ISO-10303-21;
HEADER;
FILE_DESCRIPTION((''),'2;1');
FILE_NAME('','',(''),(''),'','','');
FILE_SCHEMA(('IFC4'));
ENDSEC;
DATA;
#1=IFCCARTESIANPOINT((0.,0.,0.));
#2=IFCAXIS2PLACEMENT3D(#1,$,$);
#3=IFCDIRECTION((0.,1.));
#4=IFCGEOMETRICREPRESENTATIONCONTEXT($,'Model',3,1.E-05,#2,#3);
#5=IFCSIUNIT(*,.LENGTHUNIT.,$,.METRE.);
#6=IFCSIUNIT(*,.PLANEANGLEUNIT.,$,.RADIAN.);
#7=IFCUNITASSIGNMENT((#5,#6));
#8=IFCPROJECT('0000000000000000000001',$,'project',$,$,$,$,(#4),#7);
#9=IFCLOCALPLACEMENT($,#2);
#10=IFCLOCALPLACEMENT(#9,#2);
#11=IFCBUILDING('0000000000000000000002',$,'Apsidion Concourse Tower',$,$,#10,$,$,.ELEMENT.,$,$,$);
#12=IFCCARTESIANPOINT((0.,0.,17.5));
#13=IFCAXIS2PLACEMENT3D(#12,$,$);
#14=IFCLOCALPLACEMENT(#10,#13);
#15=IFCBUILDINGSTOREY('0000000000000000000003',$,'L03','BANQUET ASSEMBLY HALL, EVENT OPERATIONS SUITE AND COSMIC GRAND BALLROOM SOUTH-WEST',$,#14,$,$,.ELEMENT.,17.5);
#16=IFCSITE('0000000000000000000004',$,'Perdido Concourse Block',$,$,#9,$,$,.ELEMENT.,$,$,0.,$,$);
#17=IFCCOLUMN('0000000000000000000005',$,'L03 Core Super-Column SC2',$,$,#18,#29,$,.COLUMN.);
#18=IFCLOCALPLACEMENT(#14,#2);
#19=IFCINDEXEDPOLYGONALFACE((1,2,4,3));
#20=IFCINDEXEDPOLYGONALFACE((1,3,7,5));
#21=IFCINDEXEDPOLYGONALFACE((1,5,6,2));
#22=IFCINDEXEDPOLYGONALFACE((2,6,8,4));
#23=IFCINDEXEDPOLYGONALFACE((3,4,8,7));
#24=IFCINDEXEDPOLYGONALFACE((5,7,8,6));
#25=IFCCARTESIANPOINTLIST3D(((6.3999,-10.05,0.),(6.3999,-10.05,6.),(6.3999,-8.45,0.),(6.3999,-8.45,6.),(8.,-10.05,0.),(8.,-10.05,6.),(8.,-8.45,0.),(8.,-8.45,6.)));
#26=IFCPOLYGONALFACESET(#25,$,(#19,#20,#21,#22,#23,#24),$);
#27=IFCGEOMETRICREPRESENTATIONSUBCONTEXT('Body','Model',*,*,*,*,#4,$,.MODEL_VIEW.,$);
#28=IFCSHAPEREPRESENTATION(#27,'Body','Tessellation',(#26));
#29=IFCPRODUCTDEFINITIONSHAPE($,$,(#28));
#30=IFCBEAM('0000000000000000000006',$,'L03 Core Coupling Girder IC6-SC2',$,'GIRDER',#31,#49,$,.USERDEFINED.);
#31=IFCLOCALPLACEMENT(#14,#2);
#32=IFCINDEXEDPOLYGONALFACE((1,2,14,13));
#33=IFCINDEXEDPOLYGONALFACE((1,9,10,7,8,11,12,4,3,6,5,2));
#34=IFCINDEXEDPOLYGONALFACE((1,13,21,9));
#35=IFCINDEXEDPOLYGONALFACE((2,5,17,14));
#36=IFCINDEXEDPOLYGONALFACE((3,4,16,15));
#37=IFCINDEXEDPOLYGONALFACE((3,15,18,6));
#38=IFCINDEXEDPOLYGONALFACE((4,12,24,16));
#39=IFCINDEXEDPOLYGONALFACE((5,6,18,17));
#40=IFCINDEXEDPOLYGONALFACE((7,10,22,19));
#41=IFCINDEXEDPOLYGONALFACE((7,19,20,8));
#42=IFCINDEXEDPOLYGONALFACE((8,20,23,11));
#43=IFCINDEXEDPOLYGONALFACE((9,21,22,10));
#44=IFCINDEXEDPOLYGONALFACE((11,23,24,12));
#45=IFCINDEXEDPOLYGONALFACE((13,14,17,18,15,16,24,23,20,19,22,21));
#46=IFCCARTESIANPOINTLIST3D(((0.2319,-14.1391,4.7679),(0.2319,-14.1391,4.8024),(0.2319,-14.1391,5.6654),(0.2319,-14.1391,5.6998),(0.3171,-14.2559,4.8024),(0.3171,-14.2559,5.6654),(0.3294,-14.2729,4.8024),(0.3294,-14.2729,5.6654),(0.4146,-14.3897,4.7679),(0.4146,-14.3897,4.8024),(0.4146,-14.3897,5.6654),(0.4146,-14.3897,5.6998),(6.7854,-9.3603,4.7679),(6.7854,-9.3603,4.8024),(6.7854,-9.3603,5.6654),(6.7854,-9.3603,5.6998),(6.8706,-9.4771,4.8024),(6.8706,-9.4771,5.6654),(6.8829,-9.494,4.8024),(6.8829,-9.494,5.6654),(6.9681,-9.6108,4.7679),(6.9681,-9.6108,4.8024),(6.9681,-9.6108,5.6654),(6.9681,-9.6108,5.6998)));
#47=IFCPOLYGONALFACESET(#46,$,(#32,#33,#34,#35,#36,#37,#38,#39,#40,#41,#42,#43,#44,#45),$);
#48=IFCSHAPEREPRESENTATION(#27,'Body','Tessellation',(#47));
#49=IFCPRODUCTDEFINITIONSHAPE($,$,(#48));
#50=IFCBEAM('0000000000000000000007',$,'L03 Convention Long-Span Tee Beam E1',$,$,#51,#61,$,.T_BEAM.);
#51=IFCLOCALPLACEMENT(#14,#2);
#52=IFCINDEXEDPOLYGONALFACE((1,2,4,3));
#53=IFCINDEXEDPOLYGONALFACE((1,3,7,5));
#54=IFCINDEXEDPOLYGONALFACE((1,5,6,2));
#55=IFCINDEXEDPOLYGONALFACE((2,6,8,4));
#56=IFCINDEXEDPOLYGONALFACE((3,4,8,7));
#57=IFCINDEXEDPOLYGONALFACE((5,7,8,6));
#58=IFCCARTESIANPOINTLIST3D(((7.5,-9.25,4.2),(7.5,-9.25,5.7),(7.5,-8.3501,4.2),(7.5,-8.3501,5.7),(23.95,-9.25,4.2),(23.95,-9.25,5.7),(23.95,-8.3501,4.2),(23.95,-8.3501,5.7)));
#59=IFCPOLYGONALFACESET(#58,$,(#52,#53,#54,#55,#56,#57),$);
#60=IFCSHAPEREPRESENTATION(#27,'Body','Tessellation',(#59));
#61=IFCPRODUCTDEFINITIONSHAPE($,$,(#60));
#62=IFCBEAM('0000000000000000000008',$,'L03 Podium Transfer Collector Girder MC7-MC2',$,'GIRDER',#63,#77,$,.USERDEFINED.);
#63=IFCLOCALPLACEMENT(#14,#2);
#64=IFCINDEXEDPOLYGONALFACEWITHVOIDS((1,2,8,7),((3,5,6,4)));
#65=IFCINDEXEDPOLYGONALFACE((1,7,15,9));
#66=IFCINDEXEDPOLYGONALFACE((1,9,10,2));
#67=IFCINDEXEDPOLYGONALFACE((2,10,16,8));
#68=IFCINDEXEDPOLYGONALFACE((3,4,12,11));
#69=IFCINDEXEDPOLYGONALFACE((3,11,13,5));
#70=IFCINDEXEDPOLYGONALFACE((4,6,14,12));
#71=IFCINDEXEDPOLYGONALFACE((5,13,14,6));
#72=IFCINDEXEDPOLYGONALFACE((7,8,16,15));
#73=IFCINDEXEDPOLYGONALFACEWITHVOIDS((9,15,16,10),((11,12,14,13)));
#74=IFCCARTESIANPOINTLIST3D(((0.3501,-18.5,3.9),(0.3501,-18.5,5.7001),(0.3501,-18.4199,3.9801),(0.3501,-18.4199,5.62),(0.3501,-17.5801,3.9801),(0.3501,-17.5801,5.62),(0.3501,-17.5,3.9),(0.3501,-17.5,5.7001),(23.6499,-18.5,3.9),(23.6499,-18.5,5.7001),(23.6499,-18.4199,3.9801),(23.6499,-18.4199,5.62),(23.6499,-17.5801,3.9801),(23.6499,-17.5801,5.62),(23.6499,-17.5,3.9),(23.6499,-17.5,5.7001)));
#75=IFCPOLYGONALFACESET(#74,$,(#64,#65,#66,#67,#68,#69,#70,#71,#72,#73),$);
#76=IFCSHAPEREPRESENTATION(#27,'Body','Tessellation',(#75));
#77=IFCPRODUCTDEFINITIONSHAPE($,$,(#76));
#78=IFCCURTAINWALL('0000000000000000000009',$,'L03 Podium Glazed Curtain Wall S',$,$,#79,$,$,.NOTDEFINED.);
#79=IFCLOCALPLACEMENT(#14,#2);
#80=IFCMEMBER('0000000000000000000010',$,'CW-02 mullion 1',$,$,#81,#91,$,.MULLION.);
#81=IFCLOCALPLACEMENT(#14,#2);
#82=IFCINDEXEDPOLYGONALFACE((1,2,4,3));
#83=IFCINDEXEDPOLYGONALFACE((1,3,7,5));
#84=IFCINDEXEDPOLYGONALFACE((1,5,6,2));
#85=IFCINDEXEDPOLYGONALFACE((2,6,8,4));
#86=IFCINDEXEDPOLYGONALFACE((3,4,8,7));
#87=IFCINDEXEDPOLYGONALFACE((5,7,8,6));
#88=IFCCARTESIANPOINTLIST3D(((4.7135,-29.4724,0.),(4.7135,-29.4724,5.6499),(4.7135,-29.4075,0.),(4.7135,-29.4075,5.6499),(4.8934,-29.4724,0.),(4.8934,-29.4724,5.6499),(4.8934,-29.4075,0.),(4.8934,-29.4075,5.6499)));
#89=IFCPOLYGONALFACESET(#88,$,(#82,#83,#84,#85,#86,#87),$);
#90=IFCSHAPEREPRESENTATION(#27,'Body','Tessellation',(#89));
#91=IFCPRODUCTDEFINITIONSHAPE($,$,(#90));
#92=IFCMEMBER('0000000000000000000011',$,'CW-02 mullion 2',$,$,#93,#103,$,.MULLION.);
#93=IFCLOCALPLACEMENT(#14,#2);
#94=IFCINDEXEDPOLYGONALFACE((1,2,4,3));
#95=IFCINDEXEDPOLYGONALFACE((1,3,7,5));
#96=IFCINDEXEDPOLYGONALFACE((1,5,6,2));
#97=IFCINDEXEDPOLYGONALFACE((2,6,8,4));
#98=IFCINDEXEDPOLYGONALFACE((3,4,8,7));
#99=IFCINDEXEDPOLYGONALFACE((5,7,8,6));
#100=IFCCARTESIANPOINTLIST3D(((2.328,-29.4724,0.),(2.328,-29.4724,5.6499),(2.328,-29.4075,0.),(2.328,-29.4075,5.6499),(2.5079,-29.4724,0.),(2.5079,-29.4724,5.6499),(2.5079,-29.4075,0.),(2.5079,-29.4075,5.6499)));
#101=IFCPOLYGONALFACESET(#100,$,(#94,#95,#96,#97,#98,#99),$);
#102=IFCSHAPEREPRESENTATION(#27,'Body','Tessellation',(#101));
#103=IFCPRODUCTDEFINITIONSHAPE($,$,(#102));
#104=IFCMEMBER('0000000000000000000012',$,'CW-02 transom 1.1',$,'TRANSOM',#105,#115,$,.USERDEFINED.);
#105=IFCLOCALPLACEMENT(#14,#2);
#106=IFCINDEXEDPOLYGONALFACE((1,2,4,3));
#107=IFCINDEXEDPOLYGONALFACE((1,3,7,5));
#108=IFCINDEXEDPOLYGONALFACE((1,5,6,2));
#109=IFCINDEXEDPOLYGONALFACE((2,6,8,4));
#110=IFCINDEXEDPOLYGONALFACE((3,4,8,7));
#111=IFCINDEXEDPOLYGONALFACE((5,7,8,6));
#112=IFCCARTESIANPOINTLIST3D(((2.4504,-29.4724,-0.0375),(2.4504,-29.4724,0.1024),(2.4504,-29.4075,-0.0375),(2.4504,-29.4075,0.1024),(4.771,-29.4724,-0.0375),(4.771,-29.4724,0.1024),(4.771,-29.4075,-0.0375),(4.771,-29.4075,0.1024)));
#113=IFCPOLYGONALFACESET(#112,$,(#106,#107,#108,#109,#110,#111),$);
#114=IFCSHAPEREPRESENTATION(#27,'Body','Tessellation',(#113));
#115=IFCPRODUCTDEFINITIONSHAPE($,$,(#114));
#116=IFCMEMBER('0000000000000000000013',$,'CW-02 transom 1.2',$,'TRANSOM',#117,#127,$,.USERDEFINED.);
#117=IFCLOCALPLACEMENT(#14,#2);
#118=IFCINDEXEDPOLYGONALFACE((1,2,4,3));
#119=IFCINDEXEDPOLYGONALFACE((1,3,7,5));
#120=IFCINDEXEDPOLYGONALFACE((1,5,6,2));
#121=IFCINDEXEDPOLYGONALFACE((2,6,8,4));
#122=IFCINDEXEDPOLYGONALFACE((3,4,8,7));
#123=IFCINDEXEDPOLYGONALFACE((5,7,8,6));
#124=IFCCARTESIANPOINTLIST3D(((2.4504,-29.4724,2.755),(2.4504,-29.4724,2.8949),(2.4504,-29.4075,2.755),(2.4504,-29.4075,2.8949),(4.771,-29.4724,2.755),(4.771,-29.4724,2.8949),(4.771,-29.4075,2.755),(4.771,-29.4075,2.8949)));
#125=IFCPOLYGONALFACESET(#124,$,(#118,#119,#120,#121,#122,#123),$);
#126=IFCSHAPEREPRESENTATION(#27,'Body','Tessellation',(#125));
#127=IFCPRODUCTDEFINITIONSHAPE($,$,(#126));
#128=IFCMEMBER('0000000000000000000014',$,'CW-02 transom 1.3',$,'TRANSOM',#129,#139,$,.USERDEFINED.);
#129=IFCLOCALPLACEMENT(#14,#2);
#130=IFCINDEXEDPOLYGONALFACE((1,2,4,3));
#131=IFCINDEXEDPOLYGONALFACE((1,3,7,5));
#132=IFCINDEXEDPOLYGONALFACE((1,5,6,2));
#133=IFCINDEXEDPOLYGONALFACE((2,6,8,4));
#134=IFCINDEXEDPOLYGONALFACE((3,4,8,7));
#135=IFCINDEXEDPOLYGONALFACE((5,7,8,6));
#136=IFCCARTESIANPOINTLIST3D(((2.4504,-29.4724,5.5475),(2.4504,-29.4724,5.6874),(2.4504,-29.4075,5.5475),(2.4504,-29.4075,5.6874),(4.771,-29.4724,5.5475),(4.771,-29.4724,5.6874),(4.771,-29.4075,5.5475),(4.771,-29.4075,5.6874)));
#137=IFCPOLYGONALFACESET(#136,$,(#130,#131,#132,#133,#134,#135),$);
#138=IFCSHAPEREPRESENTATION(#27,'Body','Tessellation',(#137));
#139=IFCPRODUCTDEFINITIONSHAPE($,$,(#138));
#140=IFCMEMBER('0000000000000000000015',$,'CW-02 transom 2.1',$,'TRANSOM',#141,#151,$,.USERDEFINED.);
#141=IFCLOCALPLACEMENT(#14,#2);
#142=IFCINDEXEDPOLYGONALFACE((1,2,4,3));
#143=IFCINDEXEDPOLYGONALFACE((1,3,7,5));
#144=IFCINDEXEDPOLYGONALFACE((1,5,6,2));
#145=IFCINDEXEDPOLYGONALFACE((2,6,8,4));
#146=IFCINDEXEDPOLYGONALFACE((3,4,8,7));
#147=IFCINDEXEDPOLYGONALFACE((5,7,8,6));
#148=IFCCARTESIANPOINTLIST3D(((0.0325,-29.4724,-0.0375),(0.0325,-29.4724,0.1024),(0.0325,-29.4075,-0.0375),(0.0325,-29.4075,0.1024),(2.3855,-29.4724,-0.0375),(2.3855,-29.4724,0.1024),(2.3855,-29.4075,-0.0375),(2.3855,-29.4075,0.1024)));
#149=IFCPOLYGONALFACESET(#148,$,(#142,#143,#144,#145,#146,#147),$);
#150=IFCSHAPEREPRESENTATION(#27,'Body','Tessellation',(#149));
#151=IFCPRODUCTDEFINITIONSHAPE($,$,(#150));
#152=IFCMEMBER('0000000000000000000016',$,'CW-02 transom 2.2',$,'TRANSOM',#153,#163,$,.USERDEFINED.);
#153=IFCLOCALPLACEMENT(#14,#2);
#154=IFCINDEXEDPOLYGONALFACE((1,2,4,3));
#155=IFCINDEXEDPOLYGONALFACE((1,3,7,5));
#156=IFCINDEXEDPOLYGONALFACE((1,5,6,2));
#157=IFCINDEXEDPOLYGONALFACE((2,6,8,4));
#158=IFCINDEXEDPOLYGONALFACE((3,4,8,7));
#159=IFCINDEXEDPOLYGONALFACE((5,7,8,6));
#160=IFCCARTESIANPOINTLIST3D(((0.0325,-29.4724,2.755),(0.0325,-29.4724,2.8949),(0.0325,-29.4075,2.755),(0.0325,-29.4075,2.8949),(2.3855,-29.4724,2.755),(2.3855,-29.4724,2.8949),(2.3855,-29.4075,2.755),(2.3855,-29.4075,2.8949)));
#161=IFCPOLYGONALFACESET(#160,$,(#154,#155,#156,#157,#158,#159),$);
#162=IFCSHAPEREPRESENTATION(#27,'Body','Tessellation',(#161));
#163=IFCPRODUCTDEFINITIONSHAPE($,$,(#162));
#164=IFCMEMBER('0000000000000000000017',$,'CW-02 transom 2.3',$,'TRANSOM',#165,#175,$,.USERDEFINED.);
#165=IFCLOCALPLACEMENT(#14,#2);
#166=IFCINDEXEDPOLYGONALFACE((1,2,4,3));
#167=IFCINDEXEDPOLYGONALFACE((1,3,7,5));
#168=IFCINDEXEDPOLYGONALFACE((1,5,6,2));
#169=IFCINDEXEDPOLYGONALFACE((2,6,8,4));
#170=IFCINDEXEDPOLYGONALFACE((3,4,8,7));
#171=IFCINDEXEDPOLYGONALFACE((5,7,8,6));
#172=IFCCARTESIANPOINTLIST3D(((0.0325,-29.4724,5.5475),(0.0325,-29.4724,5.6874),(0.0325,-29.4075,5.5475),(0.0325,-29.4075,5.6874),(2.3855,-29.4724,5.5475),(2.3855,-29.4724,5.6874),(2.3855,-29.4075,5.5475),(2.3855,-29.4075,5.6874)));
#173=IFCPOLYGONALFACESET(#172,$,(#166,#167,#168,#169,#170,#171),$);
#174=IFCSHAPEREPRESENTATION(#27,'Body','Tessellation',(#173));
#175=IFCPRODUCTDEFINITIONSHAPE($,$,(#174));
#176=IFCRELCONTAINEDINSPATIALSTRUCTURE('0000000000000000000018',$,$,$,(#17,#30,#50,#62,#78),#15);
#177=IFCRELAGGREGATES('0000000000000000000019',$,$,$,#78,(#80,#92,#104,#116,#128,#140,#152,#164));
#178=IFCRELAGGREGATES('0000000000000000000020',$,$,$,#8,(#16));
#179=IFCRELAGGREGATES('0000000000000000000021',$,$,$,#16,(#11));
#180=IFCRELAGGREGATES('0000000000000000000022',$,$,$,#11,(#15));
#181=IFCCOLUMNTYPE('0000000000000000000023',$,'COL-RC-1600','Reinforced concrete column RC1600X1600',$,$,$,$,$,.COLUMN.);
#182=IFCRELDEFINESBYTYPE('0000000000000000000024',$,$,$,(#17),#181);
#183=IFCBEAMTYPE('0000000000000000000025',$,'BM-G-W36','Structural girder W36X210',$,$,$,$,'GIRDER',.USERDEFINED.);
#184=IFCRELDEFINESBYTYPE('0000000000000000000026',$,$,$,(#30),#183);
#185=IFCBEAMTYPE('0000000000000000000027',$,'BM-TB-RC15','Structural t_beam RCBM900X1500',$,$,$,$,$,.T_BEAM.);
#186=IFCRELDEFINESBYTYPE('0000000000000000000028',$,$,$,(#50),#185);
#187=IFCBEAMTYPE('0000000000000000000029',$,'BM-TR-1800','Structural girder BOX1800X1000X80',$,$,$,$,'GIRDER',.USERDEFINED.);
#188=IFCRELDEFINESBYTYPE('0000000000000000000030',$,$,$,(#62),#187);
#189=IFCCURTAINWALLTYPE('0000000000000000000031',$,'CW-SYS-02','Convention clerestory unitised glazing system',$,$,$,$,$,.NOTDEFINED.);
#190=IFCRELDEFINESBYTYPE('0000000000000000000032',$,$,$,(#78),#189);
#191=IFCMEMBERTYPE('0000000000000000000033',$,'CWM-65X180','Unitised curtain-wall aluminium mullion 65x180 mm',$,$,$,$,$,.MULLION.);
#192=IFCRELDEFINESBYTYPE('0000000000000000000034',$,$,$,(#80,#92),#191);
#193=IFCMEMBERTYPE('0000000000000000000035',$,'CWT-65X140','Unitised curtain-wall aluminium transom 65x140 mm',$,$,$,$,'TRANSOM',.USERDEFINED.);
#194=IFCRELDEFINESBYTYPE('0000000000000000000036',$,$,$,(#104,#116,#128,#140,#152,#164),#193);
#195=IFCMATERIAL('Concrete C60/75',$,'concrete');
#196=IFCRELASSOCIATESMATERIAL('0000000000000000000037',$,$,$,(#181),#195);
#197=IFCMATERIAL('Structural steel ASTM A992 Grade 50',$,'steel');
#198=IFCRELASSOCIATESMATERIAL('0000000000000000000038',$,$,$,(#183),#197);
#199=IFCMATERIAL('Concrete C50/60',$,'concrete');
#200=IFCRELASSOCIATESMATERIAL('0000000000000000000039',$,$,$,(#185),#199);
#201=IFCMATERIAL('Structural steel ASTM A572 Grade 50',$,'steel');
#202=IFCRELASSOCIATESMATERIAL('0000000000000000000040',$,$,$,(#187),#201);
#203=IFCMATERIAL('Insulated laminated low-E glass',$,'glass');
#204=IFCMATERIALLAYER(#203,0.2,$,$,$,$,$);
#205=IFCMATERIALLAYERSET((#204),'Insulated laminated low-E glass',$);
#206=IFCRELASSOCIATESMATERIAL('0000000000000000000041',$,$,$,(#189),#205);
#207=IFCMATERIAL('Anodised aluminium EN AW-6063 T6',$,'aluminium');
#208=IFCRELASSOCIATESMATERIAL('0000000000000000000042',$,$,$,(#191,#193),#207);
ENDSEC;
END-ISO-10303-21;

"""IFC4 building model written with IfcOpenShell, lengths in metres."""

from ifc_helpers import new_model, si_unit, direction, frame, origin, origin_2d, place, context, subcontext, project, spatial, rectangle, hollow_rectangle, i_section, extrude, material, layer, layer_set, material_profile, profile_set, type_object, element, aggregate, save


model = new_model("IFC4")

# Units and contexts
model_context = context("Model", 3, precision=1e-05, world=origin(), true_north=direction((0.0, 1.0)))
body_context = subcontext(model_context, "Body", "Model", "MODEL_VIEW")
ifc_project = project(units=[si_unit("LENGTHUNIT", "METRE"), si_unit("PLANEANGLEUNIT", "RADIAN")], contexts=[model_context])

# Site, building, storey
site_placement = place(None, origin())
site = spatial("IfcSite", under=ifc_project, at=site_placement, Name="Perdido Concourse Block", CompositionType="ELEMENT", RefElevation=0.0)
building_placement = place(site_placement, origin())
building = spatial("IfcBuilding", under=site, at=building_placement, Name="Apsidion Concourse Tower", CompositionType="ELEMENT")
storey_placement = place(building_placement, frame((0.0, 0.0, 17.5)))
storey = spatial("IfcBuildingStorey", under=building, at=storey_placement, Name="L03", Description="BANQUET ASSEMBLY HALL, EVENT OPERATIONS SUITE AND COSMIC GRAND BALLROOM SOUTH-WEST", CompositionType="ELEMENT", Elevation=17.5)

# Column
ifc_material_1 = material(Name="Concrete C60/75", Category="concrete")
ifc_material_profile_1 = material_profile(ifc_material_1, rectangle(XDim=1.6001, YDim=1.6001, at=origin_2d()), Name="RC 1600x1600")
ifc_profile_set_1 = profile_set([ifc_material_profile_1], Name="Concrete C60/75")
column_type = type_object("IfcColumnType", Name="COL-RC-1600", Description="Reinforced concrete column RC1600X1600", PredefinedType="COLUMN", material=ifc_profile_set_1)
column_placement = place(storey_placement, frame((7.2, -9.25, 0.0), z_axis=(0.0, 0.0, 1.0), x_axis=(1.0, 0.0, 0.0)))
element("IfcColumn", 1, at=column_placement, inside=storey, type_object=column_type, Name="L03 Core Super-Column SC2", PredefinedType="COLUMN", context=body_context, shape_type="SweptSolid", body=[
    extrude(rectangle(XDim=1.6001, YDim=1.6001, at=origin_2d()), origin(), (0.0, 0.0, 1.0), 6.0),
])

# Beams
ifc_material_2 = material(Name="Structural steel ASTM A992 Grade 50", Category="steel")
ifc_material_profile_2 = material_profile(ifc_material_2, i_section(OverallWidth=0.3101, OverallDepth=0.9319, WebThickness=0.021, FlangeThickness=0.0344, at=origin_2d()), Name="W36X210")
ifc_profile_set_2 = profile_set([ifc_material_profile_2], Name="Structural steel ASTM A992 Grade 50")
beam_type_1 = type_object("IfcBeamType", Name="BM-G-W36", Description="Structural girder W36X210", ElementType="GIRDER", PredefinedType="USERDEFINED", material=ifc_profile_set_2)
beam_1_placement = place(storey_placement, frame((0.3232, -14.2644, 5.2339), z_axis=(0.807993, 0.589191, 0.0), x_axis=(-0.589191, 0.807993, 0.0)))
element("IfcBeam", 2, at=beam_1_placement, inside=storey, type_object=beam_type_1, Name="L03 Core Coupling Girder IC6-SC2", ObjectType="GIRDER", PredefinedType="USERDEFINED", context=body_context, shape_type="SweptSolid", body=[
    extrude(i_section(OverallWidth=0.3101, OverallDepth=0.9319, WebThickness=0.021, FlangeThickness=0.0344, at=origin_2d()), origin(), (0.0, 0.0, 1.0), 8.1108),
])
ifc_material_3 = material(Name="Concrete C50/60", Category="concrete")
ifc_material_profile_3 = material_profile(ifc_material_3, rectangle(XDim=0.8999, YDim=1.5, at=origin_2d()), Name="RC 900x1500")
ifc_profile_set_3 = profile_set([ifc_material_profile_3], Name="Concrete C50/60")
beam_type_2 = type_object("IfcBeamType", Name="BM-TB-RC15", Description="Structural t_beam RCBM900X1500", PredefinedType="T_BEAM", material=ifc_profile_set_3)
beam_2_placement = place(storey_placement, frame((7.5, -8.8, 4.95), z_axis=(1.0, 0.0, 0.0), x_axis=(0.0, 1.0, 0.0)))
element("IfcBeam", 3, at=beam_2_placement, inside=storey, type_object=beam_type_2, Name="L03 Convention Long-Span Tee Beam E1", PredefinedType="T_BEAM", context=body_context, shape_type="SweptSolid", body=[
    extrude(rectangle(XDim=0.8999, YDim=1.5, at=origin_2d()), origin(), (0.0, 0.0, 1.0), 16.45),
])
ifc_material_4 = material(Name="Structural steel ASTM A572 Grade 50", Category="steel")
ifc_material_profile_4 = material_profile(ifc_material_4, hollow_rectangle(XDim=1.0, YDim=1.8, WallThickness=0.0801, at=origin_2d()), Name="BOX1800X1000X80")
ifc_profile_set_4 = profile_set([ifc_material_profile_4], Name="Structural steel ASTM A572 Grade 50")
beam_type_3 = type_object("IfcBeamType", Name="BM-TR-1800", Description="Structural girder BOX1800X1000X80", ElementType="GIRDER", PredefinedType="USERDEFINED", material=ifc_profile_set_4)
beam_3_placement = place(storey_placement, frame((0.3501, -18.0, 4.8), z_axis=(1.0, 0.0, 0.0), x_axis=(0.0, 1.0, 0.0)))
element("IfcBeam", 4, at=beam_3_placement, inside=storey, type_object=beam_type_3, Name="L03 Podium Transfer Collector Girder MC7-MC2", ObjectType="GIRDER", PredefinedType="USERDEFINED", context=body_context, shape_type="SweptSolid", body=[
    extrude(hollow_rectangle(XDim=1.0, YDim=1.8, WallThickness=0.0801, at=origin_2d()), origin(), (0.0, 0.0, 1.0), 23.2998),
])

# Curtain wall, members
ifc_material_5 = material(Name="Insulated laminated low-E glass", Category="glass")
ifc_layer_1 = layer(ifc_material_5, 0.2)
ifc_layer_set_1 = layer_set([ifc_layer_1], Name="Insulated laminated low-E glass")
curtain_wall_type = type_object("IfcCurtainWallType", Name="CW-SYS-02", Description="Convention clerestory unitised glazing system", PredefinedType="NOTDEFINED", material=ifc_layer_set_1)
curtain_wall_placement = place(storey_placement, origin())
curtain_wall = element("IfcCurtainWall", 5, at=curtain_wall_placement, inside=storey, type_object=curtain_wall_type, Name="L03 Podium Glazed Curtain Wall S", PredefinedType="NOTDEFINED")
ifc_material_6 = material(Name="Anodised aluminium EN AW-6063 T6", Category="aluminium")
ifc_material_profile_5 = material_profile(ifc_material_6, rectangle(XDim=0.0649, YDim=0.1799, at=origin_2d()), Name="ALU MULLION 65x180")
ifc_profile_set_5 = profile_set([ifc_material_profile_5], Name="Anodised aluminium EN AW-6063 T6")
member_type_1 = type_object("IfcMemberType", Name="CWM-65X180", Description="Unitised curtain-wall aluminium mullion 65x180 mm", PredefinedType="MULLION", material=ifc_profile_set_5)
member_1_placement = place(storey_placement, frame((4.8035, -29.4399, 0.0), z_axis=(0.0, 0.0, 1.0), x_axis=(0.0, -1.0, 0.0)))
member_1 = element("IfcMember", 6, at=member_1_placement, type_object=member_type_1, Name="CW-02 mullion 1", PredefinedType="MULLION", context=body_context, shape_type="SweptSolid", body=[
    extrude(rectangle(XDim=0.0649, YDim=0.1799, at=origin_2d()), origin(), (0.0, 0.0, 1.0), 5.6499),
])
member_2_placement = place(storey_placement, frame((2.418, -29.4399, 0.0), z_axis=(0.0, 0.0, 1.0), x_axis=(0.0, -1.0, 0.0)))
member_2 = element("IfcMember", 7, at=member_2_placement, type_object=member_type_1, Name="CW-02 mullion 2", PredefinedType="MULLION", context=body_context, shape_type="SweptSolid", body=[
    extrude(rectangle(XDim=0.0649, YDim=0.1799, at=origin_2d()), origin(), (0.0, 0.0, 1.0), 5.6499),
])
ifc_material_profile_6 = material_profile(ifc_material_6, rectangle(XDim=0.0649, YDim=0.1399, at=origin_2d()), Name="ALU TRANSOM 65x140")
ifc_profile_set_6 = profile_set([ifc_material_profile_6], Name="Anodised aluminium EN AW-6063 T6")
member_type_2 = type_object("IfcMemberType", Name="CWT-65X140", Description="Unitised curtain-wall aluminium transom 65x140 mm", ElementType="TRANSOM", PredefinedType="USERDEFINED", material=ifc_profile_set_6)
member_3_placement = place(storey_placement, frame((4.771, -29.4399, 0.0325), z_axis=(-1.0, 0.0, 0.0), x_axis=(0.0, -1.0, 0.0)))
member_3 = element("IfcMember", 8, at=member_3_placement, type_object=member_type_2, Name="CW-02 transom 1.1", ObjectType="TRANSOM", PredefinedType="USERDEFINED", context=body_context, shape_type="SweptSolid", body=[
    extrude(rectangle(XDim=0.0649, YDim=0.1399, at=origin_2d()), origin(), (0.0, 0.0, 1.0), 2.3206),
])
member_4_placement = place(storey_placement, frame((4.771, -29.4399, 2.825), z_axis=(-1.0, 0.0, 0.0), x_axis=(0.0, -1.0, 0.0)))
member_4 = element("IfcMember", 9, at=member_4_placement, type_object=member_type_2, Name="CW-02 transom 1.2", ObjectType="TRANSOM", PredefinedType="USERDEFINED", context=body_context, shape_type="SweptSolid", body=[
    extrude(rectangle(XDim=0.0649, YDim=0.1399, at=origin_2d()), origin(), (0.0, 0.0, 1.0), 2.3206),
])
member_5_placement = place(storey_placement, frame((4.771, -29.4399, 5.6174), z_axis=(-1.0, 0.0, 0.0), x_axis=(0.0, -1.0, 0.0)))
member_5 = element("IfcMember", 10, at=member_5_placement, type_object=member_type_2, Name="CW-02 transom 1.3", ObjectType="TRANSOM", PredefinedType="USERDEFINED", context=body_context, shape_type="SweptSolid", body=[
    extrude(rectangle(XDim=0.0649, YDim=0.1399, at=origin_2d()), origin(), (0.0, 0.0, 1.0), 2.3206),
])
member_6_placement = place(storey_placement, frame((2.3855, -29.4399, 0.0325), z_axis=(-1.0, 0.0, 0.0), x_axis=(0.0, -1.0, 0.0)))
member_6 = element("IfcMember", 11, at=member_6_placement, type_object=member_type_2, Name="CW-02 transom 2.1", ObjectType="TRANSOM", PredefinedType="USERDEFINED", context=body_context, shape_type="SweptSolid", body=[
    extrude(rectangle(XDim=0.0649, YDim=0.1399, at=origin_2d()), origin(), (0.0, 0.0, 1.0), 2.353),
])
member_7_placement = place(storey_placement, frame((2.3855, -29.4399, 2.825), z_axis=(-1.0, 0.0, 0.0), x_axis=(0.0, -1.0, 0.0)))
member_7 = element("IfcMember", 12, at=member_7_placement, type_object=member_type_2, Name="CW-02 transom 2.2", ObjectType="TRANSOM", PredefinedType="USERDEFINED", context=body_context, shape_type="SweptSolid", body=[
    extrude(rectangle(XDim=0.0649, YDim=0.1399, at=origin_2d()), origin(), (0.0, 0.0, 1.0), 2.353),
])
member_8_placement = place(storey_placement, frame((2.3855, -29.4399, 5.6174), z_axis=(-1.0, 0.0, 0.0), x_axis=(0.0, -1.0, 0.0)))
member_8 = element("IfcMember", 13, at=member_8_placement, type_object=member_type_2, Name="CW-02 transom 2.3", ObjectType="TRANSOM", PredefinedType="USERDEFINED", context=body_context, shape_type="SweptSolid", body=[
    extrude(rectangle(XDim=0.0649, YDim=0.1399, at=origin_2d()), origin(), (0.0, 0.0, 1.0), 2.353),
])
aggregate(curtain_wall, [member_1, member_2, member_3, member_4, member_5, member_6, member_7, member_8])

save(model, "model.ifc")
